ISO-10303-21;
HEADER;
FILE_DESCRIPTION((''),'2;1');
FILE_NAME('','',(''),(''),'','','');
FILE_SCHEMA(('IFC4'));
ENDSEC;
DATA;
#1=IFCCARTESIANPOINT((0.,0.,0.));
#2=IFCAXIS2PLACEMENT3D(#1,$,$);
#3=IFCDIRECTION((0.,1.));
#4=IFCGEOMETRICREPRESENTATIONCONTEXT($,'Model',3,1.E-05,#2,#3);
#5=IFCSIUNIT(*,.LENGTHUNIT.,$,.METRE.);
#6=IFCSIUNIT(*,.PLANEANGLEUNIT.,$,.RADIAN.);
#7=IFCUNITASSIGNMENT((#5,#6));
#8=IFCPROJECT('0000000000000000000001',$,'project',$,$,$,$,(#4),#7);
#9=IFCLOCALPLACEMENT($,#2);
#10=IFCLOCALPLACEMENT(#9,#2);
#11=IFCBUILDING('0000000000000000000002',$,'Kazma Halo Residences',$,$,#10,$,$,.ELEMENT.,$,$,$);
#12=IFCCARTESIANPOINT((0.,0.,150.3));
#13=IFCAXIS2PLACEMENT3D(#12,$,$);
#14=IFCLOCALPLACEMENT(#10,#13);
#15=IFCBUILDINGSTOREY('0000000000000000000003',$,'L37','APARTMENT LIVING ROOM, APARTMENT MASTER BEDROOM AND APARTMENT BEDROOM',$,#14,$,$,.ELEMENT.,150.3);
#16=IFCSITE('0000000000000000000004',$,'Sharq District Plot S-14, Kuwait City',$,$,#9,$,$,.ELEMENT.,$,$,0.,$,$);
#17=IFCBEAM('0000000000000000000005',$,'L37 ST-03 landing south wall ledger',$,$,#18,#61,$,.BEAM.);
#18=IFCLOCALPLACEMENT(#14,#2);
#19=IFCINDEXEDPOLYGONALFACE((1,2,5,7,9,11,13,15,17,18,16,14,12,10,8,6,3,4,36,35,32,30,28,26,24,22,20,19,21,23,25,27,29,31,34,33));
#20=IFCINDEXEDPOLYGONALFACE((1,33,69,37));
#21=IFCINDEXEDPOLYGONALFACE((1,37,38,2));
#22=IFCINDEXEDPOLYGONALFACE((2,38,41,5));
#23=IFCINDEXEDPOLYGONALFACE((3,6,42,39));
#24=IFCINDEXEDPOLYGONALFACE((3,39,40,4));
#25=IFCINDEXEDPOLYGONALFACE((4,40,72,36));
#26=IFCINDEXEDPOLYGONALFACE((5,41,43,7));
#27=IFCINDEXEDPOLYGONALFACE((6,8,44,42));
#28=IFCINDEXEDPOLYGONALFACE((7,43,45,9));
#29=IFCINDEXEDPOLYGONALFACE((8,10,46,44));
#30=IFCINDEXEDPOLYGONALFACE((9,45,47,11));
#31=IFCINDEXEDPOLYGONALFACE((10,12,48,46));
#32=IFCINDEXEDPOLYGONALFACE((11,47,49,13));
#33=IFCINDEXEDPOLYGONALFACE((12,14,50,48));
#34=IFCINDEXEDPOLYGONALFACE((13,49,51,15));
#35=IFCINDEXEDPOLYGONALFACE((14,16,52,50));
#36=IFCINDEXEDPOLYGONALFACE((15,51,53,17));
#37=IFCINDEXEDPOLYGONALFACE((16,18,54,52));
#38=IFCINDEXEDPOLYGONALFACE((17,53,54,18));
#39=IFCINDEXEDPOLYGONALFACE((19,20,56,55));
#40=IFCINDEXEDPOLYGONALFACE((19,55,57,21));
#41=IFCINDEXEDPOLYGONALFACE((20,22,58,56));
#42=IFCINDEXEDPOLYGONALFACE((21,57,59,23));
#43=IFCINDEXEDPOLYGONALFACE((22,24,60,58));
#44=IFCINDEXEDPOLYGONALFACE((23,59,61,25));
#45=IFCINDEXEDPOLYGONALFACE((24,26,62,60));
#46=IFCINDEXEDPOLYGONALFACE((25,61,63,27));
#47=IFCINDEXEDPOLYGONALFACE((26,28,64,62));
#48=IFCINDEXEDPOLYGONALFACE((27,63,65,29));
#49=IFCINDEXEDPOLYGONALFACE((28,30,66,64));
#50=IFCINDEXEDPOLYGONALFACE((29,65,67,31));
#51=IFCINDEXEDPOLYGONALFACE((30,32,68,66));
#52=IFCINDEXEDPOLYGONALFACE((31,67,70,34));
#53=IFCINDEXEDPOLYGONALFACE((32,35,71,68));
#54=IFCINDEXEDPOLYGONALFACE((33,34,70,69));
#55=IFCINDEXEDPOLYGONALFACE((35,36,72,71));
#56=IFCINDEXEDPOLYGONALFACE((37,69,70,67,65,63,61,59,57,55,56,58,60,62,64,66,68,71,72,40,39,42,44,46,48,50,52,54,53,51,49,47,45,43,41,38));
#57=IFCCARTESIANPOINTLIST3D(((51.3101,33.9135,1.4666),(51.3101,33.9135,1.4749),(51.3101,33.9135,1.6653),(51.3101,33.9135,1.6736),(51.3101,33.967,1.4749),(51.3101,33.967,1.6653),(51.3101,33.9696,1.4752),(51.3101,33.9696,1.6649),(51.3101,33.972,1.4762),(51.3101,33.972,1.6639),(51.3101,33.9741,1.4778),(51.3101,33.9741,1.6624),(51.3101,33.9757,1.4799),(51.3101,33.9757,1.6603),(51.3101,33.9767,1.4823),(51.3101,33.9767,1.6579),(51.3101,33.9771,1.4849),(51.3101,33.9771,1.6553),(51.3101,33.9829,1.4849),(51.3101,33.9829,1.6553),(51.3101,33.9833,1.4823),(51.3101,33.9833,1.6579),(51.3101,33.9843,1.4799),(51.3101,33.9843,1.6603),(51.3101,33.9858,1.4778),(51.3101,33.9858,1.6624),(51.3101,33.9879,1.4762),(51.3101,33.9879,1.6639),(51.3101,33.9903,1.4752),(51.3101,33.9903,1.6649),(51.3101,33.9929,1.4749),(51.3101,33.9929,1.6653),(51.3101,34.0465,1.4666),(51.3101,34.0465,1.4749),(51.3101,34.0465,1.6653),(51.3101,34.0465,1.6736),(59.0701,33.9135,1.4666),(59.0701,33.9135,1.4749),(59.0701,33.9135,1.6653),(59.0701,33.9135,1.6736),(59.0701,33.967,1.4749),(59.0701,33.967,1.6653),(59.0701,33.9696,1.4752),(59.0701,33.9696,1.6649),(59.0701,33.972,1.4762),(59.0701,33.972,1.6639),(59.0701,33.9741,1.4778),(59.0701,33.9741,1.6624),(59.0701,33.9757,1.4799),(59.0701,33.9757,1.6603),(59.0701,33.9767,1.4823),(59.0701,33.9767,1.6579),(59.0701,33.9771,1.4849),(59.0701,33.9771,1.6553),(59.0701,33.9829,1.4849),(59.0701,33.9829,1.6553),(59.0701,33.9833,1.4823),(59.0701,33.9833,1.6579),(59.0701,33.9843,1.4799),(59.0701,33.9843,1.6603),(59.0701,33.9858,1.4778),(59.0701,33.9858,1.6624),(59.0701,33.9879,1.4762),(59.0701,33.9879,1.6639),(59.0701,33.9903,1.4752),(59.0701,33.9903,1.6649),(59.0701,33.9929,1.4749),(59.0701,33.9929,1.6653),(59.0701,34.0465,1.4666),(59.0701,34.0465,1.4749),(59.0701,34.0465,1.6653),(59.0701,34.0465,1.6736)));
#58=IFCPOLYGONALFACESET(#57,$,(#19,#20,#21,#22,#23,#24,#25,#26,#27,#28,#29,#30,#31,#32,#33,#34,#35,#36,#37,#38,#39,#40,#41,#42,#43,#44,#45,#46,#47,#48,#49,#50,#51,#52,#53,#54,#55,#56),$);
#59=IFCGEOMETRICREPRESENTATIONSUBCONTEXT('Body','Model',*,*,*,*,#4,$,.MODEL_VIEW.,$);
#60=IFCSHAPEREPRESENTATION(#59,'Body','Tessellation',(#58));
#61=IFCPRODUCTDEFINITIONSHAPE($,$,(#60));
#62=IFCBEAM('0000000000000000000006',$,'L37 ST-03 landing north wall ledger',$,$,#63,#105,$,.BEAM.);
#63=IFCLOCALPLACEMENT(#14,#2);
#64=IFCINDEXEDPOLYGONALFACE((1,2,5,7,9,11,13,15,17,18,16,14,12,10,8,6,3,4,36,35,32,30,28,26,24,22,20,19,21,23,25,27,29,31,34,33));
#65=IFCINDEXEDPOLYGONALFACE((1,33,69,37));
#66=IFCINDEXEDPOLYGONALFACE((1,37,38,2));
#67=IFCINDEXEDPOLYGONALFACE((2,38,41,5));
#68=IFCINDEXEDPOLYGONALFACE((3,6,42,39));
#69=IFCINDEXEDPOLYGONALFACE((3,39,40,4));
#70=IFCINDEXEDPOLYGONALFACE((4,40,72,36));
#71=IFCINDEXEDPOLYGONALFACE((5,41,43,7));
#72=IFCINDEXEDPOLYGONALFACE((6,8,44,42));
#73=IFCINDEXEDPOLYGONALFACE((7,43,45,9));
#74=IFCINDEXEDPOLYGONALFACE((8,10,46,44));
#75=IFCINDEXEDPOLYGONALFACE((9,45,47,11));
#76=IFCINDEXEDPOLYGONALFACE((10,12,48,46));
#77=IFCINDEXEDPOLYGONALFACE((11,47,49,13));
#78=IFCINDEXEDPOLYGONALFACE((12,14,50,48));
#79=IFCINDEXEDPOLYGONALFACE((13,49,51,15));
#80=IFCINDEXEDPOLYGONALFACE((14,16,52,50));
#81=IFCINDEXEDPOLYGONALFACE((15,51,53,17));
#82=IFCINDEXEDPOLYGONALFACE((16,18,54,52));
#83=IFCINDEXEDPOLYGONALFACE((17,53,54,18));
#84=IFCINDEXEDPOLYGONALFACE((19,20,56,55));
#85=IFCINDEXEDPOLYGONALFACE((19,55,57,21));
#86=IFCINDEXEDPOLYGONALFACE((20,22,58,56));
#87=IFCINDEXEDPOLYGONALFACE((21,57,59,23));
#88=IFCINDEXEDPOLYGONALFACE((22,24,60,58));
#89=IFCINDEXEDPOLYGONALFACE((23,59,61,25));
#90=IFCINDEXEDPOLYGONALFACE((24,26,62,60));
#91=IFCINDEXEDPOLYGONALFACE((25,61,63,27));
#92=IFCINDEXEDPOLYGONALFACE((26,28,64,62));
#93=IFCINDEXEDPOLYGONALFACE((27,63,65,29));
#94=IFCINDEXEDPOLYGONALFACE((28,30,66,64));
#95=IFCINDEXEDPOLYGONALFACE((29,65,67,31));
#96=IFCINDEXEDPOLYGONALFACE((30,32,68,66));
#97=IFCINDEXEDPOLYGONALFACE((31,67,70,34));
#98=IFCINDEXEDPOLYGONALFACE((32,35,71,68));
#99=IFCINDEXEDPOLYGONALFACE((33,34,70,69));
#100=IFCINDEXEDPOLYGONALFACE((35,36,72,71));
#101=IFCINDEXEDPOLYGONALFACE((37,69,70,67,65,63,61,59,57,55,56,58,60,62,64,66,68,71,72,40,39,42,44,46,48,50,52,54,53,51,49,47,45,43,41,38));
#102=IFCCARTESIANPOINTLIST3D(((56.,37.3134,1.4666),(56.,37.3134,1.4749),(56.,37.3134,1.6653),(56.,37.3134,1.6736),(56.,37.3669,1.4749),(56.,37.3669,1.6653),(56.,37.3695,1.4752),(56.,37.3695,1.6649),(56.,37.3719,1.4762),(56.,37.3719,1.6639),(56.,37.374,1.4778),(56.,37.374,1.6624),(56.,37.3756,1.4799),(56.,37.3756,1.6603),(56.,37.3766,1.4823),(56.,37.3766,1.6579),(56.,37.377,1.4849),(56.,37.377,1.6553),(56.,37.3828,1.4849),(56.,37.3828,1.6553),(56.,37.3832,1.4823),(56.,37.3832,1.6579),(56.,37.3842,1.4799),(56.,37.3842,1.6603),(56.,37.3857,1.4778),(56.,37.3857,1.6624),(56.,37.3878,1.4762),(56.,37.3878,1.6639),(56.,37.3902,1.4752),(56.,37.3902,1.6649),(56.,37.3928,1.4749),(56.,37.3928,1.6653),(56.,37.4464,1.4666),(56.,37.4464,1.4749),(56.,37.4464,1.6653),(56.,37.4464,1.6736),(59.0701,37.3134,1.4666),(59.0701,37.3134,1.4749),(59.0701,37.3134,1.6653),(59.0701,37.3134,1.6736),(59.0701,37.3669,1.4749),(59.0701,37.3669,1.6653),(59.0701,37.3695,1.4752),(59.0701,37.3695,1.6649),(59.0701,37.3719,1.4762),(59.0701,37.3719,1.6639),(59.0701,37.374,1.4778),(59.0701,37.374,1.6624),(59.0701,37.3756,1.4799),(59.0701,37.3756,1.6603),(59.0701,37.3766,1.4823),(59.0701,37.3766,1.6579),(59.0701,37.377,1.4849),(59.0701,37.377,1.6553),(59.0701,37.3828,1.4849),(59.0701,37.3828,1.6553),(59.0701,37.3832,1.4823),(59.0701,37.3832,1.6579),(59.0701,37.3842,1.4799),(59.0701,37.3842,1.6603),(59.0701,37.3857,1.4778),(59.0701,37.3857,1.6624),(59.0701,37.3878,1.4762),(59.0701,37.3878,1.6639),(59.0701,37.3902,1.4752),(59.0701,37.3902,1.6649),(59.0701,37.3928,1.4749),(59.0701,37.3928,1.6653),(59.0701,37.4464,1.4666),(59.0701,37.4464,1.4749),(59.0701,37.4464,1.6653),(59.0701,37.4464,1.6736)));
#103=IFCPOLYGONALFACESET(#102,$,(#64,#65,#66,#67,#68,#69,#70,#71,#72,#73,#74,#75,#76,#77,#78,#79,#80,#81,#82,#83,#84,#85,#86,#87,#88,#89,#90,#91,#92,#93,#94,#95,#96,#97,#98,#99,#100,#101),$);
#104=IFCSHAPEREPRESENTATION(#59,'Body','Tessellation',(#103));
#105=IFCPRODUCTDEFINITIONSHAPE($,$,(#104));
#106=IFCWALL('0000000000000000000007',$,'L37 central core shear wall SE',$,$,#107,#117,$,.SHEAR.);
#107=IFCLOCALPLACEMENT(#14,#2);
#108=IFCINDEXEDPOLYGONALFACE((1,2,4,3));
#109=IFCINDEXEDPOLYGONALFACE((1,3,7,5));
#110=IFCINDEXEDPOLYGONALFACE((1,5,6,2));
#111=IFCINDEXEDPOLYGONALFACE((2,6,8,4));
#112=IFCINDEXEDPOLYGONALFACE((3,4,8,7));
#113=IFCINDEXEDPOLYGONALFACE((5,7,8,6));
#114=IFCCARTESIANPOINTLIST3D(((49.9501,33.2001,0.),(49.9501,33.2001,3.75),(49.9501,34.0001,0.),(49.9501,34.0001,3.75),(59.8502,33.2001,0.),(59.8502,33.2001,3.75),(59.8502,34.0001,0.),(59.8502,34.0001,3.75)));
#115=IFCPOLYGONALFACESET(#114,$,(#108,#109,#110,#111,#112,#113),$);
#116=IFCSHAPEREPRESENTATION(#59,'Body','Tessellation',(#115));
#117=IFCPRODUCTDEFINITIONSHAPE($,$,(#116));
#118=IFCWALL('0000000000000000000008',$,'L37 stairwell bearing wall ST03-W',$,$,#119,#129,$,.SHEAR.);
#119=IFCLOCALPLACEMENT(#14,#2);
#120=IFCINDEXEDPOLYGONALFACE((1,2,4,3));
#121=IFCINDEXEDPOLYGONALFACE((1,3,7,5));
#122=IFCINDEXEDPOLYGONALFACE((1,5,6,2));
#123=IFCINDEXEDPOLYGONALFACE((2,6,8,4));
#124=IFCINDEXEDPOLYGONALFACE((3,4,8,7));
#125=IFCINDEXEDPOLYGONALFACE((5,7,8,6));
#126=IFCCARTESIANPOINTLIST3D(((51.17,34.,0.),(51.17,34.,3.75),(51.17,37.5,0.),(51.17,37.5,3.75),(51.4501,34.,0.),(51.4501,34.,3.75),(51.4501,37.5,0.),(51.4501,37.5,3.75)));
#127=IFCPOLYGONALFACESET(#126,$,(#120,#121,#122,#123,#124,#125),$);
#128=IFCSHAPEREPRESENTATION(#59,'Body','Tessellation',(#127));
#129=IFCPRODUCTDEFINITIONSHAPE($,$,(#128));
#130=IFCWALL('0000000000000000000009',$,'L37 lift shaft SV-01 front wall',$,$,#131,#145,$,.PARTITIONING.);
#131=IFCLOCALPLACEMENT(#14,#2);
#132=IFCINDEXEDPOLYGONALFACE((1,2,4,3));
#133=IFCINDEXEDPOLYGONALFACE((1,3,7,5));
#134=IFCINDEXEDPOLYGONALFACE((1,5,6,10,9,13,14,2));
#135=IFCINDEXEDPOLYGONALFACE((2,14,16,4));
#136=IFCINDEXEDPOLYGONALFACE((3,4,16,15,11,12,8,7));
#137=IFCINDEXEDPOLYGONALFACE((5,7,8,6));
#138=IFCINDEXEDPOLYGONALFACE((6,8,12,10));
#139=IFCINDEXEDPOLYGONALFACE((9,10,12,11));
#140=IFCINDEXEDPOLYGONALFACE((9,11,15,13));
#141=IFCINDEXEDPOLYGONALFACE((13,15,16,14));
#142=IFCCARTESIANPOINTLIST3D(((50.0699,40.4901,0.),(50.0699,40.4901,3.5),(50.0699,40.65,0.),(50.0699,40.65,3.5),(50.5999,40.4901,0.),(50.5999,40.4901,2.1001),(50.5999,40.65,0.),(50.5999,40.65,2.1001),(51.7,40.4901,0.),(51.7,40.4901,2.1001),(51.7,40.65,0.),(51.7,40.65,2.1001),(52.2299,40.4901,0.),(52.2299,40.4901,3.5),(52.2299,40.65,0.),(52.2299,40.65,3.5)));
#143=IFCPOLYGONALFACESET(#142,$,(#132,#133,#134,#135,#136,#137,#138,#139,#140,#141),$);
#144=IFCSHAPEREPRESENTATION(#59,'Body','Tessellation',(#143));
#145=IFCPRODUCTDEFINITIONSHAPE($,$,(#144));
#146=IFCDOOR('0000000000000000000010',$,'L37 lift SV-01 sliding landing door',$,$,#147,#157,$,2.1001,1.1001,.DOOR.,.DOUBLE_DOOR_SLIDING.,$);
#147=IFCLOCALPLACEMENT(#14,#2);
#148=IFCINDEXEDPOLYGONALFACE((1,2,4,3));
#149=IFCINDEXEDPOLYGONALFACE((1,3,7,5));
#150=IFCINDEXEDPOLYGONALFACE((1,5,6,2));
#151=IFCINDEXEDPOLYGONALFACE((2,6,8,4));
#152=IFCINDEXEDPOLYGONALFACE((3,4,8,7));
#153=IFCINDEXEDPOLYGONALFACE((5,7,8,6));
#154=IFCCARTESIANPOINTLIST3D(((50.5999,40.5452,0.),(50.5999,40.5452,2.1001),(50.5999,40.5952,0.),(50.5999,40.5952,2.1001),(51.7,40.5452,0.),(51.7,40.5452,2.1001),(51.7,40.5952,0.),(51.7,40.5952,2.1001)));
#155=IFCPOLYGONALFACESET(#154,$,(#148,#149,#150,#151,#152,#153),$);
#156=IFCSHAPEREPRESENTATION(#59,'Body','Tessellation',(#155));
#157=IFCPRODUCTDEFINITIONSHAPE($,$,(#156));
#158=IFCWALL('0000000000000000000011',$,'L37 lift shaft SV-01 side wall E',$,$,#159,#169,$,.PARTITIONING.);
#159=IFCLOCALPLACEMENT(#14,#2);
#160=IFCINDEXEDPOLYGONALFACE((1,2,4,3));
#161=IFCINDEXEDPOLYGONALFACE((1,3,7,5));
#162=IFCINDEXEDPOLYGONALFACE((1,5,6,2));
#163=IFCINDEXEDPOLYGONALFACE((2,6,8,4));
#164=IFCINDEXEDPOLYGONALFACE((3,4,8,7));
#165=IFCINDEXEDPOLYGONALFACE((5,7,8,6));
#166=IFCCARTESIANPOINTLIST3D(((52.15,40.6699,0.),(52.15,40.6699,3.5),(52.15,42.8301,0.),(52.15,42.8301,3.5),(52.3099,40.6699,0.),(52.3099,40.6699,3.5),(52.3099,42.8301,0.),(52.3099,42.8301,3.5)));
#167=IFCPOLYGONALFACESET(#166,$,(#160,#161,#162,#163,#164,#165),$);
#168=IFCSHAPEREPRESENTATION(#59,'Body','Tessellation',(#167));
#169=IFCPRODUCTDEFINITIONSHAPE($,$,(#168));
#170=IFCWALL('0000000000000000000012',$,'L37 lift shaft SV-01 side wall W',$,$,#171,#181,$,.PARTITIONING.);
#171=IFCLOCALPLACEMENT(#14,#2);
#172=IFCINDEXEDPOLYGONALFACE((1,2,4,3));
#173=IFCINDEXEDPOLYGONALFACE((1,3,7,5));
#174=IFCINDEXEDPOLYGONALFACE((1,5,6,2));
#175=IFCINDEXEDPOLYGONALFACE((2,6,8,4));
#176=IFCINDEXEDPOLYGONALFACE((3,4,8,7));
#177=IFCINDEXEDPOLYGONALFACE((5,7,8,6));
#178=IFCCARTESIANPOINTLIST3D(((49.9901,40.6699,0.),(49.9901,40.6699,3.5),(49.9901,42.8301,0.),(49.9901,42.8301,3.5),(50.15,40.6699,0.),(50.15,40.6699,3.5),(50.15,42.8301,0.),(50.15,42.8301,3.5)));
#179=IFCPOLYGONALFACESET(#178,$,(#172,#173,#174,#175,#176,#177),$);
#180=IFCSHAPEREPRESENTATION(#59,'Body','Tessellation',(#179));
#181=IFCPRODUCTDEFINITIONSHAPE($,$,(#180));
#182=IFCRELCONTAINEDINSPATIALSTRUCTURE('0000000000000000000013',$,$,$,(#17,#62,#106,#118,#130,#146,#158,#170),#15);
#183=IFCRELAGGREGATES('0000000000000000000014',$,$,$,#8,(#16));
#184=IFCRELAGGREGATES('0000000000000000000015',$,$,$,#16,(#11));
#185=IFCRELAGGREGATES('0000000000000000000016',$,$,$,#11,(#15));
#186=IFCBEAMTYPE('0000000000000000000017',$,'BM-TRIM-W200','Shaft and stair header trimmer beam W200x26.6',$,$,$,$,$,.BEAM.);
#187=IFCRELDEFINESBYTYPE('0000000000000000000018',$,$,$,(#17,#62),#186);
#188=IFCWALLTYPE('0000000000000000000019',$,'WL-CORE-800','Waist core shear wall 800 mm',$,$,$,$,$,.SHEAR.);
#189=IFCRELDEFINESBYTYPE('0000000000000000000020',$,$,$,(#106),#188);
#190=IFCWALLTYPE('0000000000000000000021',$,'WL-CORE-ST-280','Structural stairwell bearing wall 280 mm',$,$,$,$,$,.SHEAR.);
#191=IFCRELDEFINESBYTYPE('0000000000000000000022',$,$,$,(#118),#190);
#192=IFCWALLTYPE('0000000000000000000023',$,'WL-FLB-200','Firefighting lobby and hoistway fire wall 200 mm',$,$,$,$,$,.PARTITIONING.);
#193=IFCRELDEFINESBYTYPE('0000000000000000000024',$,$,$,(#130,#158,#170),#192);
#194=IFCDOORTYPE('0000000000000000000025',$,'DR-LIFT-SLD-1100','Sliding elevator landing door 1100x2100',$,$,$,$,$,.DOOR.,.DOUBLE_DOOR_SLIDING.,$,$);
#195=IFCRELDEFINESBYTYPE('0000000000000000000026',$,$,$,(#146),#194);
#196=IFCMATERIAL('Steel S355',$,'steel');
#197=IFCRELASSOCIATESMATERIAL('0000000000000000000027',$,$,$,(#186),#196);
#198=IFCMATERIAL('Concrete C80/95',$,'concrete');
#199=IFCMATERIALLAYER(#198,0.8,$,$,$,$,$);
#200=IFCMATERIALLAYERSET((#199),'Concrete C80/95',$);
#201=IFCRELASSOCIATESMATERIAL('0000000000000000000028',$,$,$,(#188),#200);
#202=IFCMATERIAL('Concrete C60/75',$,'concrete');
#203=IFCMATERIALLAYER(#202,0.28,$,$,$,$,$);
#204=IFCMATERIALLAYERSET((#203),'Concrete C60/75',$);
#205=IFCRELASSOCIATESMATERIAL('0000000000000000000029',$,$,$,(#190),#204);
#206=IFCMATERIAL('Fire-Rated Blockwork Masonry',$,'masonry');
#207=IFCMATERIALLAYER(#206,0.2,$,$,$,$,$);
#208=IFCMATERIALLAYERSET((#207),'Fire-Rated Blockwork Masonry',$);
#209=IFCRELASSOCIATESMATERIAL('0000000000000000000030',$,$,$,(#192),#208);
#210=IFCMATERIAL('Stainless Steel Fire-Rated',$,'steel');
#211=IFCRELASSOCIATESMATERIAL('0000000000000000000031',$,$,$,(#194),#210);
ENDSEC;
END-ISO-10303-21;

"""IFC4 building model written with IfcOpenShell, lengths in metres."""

from ifc_helpers import new_model, si_unit, direction, frame, frame_2d, origin, origin_2d, place, context, subcontext, project, spatial, rectangle, i_section, extrude, material, layer, layer_set, material_profile, profile_set, type_object, element, fill, save


model = new_model("IFC4")

# Units and contexts
model_context = context("Model", 3, precision=1e-05, world=origin(), true_north=direction((0.0, 1.0)))
body_context = subcontext(model_context, "Body", "Model", "MODEL_VIEW")
ifc_project = project(units=[si_unit("LENGTHUNIT", "METRE"), si_unit("PLANEANGLEUNIT", "RADIAN")], contexts=[model_context])

# Site, building, storey
site_placement = place(None, origin())
site = spatial("IfcSite", under=ifc_project, at=site_placement, Name="Sharq District Plot S-14, Kuwait City", CompositionType="ELEMENT", RefElevation=0.0)
building_placement = place(site_placement, origin())
building = spatial("IfcBuilding", under=site, at=building_placement, Name="Kazma Halo Residences", CompositionType="ELEMENT")
storey_placement = place(building_placement, frame((0.0, 0.0, 150.3)))
storey = spatial("IfcBuildingStorey", under=building, at=storey_placement, Name="L37", Description="APARTMENT LIVING ROOM, APARTMENT MASTER BEDROOM AND APARTMENT BEDROOM", CompositionType="ELEMENT", Elevation=150.3)

# Shared definitions
ifc_material_1 = material(Name="Steel S355", Category="steel")

# Beams
ifc_material_profile_1 = material_profile(ifc_material_1, i_section(OverallWidth=0.1331, OverallDepth=0.207, WebThickness=0.0059, FlangeThickness=0.0083, FilletRadius=0.01, at=origin_2d()), Name="W200x26.6")
ifc_profile_set_1 = profile_set([ifc_material_profile_1], Name="Steel S355")
beam_type_1 = type_object("IfcBeamType", Name="BM-TRIM-W200", Description="Shaft and stair header trimmer beam W200x26.6", PredefinedType="BEAM", material=ifc_profile_set_1)
beam_1_placement = place(storey_placement, frame((51.3101, 33.98, 1.5701), z_axis=(1.0, 0.0, 0.0), x_axis=(0.0, 1.0, 0.0)))
element("IfcBeam", 1, at=beam_1_placement, inside=storey, type_object=beam_type_1, Name="L37 ST-03 landing south wall ledger", PredefinedType="BEAM", context=body_context, shape_type="SweptSolid", body=[
    extrude(i_section(OverallWidth=0.1331, OverallDepth=0.207, WebThickness=0.0059, FlangeThickness=0.0083, FilletRadius=0.01, at=origin_2d()), origin(), (0.0, 0.0, 1.0), 7.76),
])
beam_2_placement = place(storey_placement, frame((56.0, 37.3799, 1.5701), z_axis=(1.0, 0.0, 0.0), x_axis=(0.0, 1.0, 0.0)))
element("IfcBeam", 2, at=beam_2_placement, inside=storey, type_object=beam_type_1, Name="L37 ST-03 landing north wall ledger", PredefinedType="BEAM", context=body_context, shape_type="SweptSolid", body=[
    extrude(i_section(OverallWidth=0.1331, OverallDepth=0.207, WebThickness=0.0059, FlangeThickness=0.0083, FilletRadius=0.01, at=origin_2d()), origin(), (0.0, 0.0, 1.0), 3.0701),
])

# Walls
ifc_material_2 = material(Name="Concrete C80/95", Category="concrete")
ifc_layer_1 = layer(ifc_material_2, 0.8)
ifc_layer_set_1 = layer_set([ifc_layer_1], Name="Concrete C80/95")
wall_type_1 = type_object("IfcWallType", Name="WL-CORE-800", Description="Waist core shear wall 800 mm", PredefinedType="SHEAR", material=ifc_layer_set_1)
wall_1_placement = place(storey_placement, frame((49.95, 33.6001, 0.0), z_axis=(0.0, 0.0, 1.0), x_axis=(1.0, 0.0, 0.0)))
element("IfcWall", 3, at=wall_1_placement, inside=storey, type_object=wall_type_1, Name="L37 central core shear wall SE", PredefinedType="SHEAR", context=body_context, shape_type="SweptSolid", body=[
    extrude(rectangle(XDim=9.9001, YDim=0.8, at=frame_2d((4.9502, 0.0))), origin(), (0.0, 0.0, 1.0), 3.75),
])
ifc_material_3 = material(Name="Concrete C60/75", Category="concrete")
ifc_layer_2 = layer(ifc_material_3, 0.28)
ifc_layer_set_2 = layer_set([ifc_layer_2], Name="Concrete C60/75")
wall_type_2 = type_object("IfcWallType", Name="WL-CORE-ST-280", Description="Structural stairwell bearing wall 280 mm", PredefinedType="SHEAR", material=ifc_layer_set_2)
wall_2_placement = place(storey_placement, frame((51.3101, 34.0, 0.0), z_axis=(0.0, 0.0, 1.0), x_axis=(0.0, 1.0, 0.0)))
element("IfcWall", 4, at=wall_2_placement, inside=storey, type_object=wall_type_2, Name="L37 stairwell bearing wall ST03-W", PredefinedType="SHEAR", context=body_context, shape_type="SweptSolid", body=[
    extrude(rectangle(XDim=3.5, YDim=0.28, at=frame_2d((1.75, 0.0))), origin(), (0.0, 0.0, 1.0), 3.75),
])

# Wall, opening, door
ifc_material_4 = material(Name="Fire-Rated Blockwork Masonry", Category="masonry")
ifc_layer_3 = layer(ifc_material_4, 0.2)
ifc_layer_set_3 = layer_set([ifc_layer_3], Name="Fire-Rated Blockwork Masonry")
wall_type_3 = type_object("IfcWallType", Name="WL-FLB-200", Description="Firefighting lobby and hoistway fire wall 200 mm", PredefinedType="PARTITIONING", material=ifc_layer_set_3)
wall_3_placement = place(storey_placement, frame((52.23, 40.5701, 0.0), z_axis=(0.0, 0.0, 1.0), x_axis=(-1.0, 0.0, 0.0)))
wall_3 = element("IfcWall", 5, at=wall_3_placement, inside=storey, type_object=wall_type_3, Name="L37 lift shaft SV-01 front wall", PredefinedType="PARTITIONING", context=body_context, shape_type="SweptSolid", body=[
    extrude(rectangle(XDim=2.1599, YDim=0.1599, at=frame_2d((1.0801, 0.0))), origin(), (0.0, 0.0, 1.0), 3.5),
])
opening_1_placement = place(wall_3_placement, frame((0.53, 0.0, 0.0)))
opening_1 = element("IfcOpeningElement", 6, at=opening_1_placement, cuts=wall_3, PredefinedType="OPENING", context=body_context, shape_type="SweptSolid", body=[
    extrude(rectangle(XDim=1.1001, YDim=2.1001, at=frame_2d((0.55, 1.05))), frame((0.0, 0.0898, 0.0), z_axis=(0.0, -1.0, 0.0), x_axis=(1.0, 0.0, 0.0)), (0.0, 0.0, 1.0), 0.1799),
])
ifc_material_5 = material(Name="Stainless Steel Fire-Rated", Category="steel")
door_type_1 = type_object("IfcDoorType", Name="DR-LIFT-SLD-1100", Description="Sliding elevator landing door 1100x2100", OperationType="DOUBLE_DOOR_SLIDING", PredefinedType="DOOR", material=ifc_material_5)
door_1_placement = place(opening_1_placement, origin())
door_1 = element("IfcDoor", 7, at=door_1_placement, inside=storey, type_object=door_type_1, Name="L37 lift SV-01 sliding landing door", OperationType="DOUBLE_DOOR_SLIDING", OverallHeight=2.1001, OverallWidth=1.1001, PredefinedType="DOOR", context=body_context, shape_type="SweptSolid", body=[
    extrude(rectangle(XDim=1.1001, YDim=2.1001, at=frame_2d((0.55, 1.05))), frame((0.0, 0.0249, 0.0), z_axis=(0.0, -1.0, 0.0), x_axis=(1.0, 0.0, 0.0)), (0.0, 0.0, 1.0), 0.05),
])
fill(opening_1, door_1)

# Walls
for number, where, z_axis, x_axis, name in (
    (8, (52.23, 40.6699, 0.0), (0.0, 0.0, 1.0), (0.0, 1.0, 0.0), "L37 lift shaft SV-01 side wall E"),
    (9, (50.0701, 40.6699, 0.0), (0.0, 0.0, 1.0), (0.0, 1.0, 0.0), "L37 lift shaft SV-01 side wall W"),
):
    element("IfcWall", number, at=place(storey_placement, frame(where, z_axis=z_axis, x_axis=x_axis)), inside=storey, type_object=wall_type_3, Name=name, PredefinedType="PARTITIONING", context=body_context, shape_type="SweptSolid", body=[
        extrude(rectangle(XDim=2.1602, YDim=0.1599, at=frame_2d((1.0801, 0.0))), origin(), (0.0, 0.0, 1.0), 3.5),
    ])

save(model, "model.ifc")
